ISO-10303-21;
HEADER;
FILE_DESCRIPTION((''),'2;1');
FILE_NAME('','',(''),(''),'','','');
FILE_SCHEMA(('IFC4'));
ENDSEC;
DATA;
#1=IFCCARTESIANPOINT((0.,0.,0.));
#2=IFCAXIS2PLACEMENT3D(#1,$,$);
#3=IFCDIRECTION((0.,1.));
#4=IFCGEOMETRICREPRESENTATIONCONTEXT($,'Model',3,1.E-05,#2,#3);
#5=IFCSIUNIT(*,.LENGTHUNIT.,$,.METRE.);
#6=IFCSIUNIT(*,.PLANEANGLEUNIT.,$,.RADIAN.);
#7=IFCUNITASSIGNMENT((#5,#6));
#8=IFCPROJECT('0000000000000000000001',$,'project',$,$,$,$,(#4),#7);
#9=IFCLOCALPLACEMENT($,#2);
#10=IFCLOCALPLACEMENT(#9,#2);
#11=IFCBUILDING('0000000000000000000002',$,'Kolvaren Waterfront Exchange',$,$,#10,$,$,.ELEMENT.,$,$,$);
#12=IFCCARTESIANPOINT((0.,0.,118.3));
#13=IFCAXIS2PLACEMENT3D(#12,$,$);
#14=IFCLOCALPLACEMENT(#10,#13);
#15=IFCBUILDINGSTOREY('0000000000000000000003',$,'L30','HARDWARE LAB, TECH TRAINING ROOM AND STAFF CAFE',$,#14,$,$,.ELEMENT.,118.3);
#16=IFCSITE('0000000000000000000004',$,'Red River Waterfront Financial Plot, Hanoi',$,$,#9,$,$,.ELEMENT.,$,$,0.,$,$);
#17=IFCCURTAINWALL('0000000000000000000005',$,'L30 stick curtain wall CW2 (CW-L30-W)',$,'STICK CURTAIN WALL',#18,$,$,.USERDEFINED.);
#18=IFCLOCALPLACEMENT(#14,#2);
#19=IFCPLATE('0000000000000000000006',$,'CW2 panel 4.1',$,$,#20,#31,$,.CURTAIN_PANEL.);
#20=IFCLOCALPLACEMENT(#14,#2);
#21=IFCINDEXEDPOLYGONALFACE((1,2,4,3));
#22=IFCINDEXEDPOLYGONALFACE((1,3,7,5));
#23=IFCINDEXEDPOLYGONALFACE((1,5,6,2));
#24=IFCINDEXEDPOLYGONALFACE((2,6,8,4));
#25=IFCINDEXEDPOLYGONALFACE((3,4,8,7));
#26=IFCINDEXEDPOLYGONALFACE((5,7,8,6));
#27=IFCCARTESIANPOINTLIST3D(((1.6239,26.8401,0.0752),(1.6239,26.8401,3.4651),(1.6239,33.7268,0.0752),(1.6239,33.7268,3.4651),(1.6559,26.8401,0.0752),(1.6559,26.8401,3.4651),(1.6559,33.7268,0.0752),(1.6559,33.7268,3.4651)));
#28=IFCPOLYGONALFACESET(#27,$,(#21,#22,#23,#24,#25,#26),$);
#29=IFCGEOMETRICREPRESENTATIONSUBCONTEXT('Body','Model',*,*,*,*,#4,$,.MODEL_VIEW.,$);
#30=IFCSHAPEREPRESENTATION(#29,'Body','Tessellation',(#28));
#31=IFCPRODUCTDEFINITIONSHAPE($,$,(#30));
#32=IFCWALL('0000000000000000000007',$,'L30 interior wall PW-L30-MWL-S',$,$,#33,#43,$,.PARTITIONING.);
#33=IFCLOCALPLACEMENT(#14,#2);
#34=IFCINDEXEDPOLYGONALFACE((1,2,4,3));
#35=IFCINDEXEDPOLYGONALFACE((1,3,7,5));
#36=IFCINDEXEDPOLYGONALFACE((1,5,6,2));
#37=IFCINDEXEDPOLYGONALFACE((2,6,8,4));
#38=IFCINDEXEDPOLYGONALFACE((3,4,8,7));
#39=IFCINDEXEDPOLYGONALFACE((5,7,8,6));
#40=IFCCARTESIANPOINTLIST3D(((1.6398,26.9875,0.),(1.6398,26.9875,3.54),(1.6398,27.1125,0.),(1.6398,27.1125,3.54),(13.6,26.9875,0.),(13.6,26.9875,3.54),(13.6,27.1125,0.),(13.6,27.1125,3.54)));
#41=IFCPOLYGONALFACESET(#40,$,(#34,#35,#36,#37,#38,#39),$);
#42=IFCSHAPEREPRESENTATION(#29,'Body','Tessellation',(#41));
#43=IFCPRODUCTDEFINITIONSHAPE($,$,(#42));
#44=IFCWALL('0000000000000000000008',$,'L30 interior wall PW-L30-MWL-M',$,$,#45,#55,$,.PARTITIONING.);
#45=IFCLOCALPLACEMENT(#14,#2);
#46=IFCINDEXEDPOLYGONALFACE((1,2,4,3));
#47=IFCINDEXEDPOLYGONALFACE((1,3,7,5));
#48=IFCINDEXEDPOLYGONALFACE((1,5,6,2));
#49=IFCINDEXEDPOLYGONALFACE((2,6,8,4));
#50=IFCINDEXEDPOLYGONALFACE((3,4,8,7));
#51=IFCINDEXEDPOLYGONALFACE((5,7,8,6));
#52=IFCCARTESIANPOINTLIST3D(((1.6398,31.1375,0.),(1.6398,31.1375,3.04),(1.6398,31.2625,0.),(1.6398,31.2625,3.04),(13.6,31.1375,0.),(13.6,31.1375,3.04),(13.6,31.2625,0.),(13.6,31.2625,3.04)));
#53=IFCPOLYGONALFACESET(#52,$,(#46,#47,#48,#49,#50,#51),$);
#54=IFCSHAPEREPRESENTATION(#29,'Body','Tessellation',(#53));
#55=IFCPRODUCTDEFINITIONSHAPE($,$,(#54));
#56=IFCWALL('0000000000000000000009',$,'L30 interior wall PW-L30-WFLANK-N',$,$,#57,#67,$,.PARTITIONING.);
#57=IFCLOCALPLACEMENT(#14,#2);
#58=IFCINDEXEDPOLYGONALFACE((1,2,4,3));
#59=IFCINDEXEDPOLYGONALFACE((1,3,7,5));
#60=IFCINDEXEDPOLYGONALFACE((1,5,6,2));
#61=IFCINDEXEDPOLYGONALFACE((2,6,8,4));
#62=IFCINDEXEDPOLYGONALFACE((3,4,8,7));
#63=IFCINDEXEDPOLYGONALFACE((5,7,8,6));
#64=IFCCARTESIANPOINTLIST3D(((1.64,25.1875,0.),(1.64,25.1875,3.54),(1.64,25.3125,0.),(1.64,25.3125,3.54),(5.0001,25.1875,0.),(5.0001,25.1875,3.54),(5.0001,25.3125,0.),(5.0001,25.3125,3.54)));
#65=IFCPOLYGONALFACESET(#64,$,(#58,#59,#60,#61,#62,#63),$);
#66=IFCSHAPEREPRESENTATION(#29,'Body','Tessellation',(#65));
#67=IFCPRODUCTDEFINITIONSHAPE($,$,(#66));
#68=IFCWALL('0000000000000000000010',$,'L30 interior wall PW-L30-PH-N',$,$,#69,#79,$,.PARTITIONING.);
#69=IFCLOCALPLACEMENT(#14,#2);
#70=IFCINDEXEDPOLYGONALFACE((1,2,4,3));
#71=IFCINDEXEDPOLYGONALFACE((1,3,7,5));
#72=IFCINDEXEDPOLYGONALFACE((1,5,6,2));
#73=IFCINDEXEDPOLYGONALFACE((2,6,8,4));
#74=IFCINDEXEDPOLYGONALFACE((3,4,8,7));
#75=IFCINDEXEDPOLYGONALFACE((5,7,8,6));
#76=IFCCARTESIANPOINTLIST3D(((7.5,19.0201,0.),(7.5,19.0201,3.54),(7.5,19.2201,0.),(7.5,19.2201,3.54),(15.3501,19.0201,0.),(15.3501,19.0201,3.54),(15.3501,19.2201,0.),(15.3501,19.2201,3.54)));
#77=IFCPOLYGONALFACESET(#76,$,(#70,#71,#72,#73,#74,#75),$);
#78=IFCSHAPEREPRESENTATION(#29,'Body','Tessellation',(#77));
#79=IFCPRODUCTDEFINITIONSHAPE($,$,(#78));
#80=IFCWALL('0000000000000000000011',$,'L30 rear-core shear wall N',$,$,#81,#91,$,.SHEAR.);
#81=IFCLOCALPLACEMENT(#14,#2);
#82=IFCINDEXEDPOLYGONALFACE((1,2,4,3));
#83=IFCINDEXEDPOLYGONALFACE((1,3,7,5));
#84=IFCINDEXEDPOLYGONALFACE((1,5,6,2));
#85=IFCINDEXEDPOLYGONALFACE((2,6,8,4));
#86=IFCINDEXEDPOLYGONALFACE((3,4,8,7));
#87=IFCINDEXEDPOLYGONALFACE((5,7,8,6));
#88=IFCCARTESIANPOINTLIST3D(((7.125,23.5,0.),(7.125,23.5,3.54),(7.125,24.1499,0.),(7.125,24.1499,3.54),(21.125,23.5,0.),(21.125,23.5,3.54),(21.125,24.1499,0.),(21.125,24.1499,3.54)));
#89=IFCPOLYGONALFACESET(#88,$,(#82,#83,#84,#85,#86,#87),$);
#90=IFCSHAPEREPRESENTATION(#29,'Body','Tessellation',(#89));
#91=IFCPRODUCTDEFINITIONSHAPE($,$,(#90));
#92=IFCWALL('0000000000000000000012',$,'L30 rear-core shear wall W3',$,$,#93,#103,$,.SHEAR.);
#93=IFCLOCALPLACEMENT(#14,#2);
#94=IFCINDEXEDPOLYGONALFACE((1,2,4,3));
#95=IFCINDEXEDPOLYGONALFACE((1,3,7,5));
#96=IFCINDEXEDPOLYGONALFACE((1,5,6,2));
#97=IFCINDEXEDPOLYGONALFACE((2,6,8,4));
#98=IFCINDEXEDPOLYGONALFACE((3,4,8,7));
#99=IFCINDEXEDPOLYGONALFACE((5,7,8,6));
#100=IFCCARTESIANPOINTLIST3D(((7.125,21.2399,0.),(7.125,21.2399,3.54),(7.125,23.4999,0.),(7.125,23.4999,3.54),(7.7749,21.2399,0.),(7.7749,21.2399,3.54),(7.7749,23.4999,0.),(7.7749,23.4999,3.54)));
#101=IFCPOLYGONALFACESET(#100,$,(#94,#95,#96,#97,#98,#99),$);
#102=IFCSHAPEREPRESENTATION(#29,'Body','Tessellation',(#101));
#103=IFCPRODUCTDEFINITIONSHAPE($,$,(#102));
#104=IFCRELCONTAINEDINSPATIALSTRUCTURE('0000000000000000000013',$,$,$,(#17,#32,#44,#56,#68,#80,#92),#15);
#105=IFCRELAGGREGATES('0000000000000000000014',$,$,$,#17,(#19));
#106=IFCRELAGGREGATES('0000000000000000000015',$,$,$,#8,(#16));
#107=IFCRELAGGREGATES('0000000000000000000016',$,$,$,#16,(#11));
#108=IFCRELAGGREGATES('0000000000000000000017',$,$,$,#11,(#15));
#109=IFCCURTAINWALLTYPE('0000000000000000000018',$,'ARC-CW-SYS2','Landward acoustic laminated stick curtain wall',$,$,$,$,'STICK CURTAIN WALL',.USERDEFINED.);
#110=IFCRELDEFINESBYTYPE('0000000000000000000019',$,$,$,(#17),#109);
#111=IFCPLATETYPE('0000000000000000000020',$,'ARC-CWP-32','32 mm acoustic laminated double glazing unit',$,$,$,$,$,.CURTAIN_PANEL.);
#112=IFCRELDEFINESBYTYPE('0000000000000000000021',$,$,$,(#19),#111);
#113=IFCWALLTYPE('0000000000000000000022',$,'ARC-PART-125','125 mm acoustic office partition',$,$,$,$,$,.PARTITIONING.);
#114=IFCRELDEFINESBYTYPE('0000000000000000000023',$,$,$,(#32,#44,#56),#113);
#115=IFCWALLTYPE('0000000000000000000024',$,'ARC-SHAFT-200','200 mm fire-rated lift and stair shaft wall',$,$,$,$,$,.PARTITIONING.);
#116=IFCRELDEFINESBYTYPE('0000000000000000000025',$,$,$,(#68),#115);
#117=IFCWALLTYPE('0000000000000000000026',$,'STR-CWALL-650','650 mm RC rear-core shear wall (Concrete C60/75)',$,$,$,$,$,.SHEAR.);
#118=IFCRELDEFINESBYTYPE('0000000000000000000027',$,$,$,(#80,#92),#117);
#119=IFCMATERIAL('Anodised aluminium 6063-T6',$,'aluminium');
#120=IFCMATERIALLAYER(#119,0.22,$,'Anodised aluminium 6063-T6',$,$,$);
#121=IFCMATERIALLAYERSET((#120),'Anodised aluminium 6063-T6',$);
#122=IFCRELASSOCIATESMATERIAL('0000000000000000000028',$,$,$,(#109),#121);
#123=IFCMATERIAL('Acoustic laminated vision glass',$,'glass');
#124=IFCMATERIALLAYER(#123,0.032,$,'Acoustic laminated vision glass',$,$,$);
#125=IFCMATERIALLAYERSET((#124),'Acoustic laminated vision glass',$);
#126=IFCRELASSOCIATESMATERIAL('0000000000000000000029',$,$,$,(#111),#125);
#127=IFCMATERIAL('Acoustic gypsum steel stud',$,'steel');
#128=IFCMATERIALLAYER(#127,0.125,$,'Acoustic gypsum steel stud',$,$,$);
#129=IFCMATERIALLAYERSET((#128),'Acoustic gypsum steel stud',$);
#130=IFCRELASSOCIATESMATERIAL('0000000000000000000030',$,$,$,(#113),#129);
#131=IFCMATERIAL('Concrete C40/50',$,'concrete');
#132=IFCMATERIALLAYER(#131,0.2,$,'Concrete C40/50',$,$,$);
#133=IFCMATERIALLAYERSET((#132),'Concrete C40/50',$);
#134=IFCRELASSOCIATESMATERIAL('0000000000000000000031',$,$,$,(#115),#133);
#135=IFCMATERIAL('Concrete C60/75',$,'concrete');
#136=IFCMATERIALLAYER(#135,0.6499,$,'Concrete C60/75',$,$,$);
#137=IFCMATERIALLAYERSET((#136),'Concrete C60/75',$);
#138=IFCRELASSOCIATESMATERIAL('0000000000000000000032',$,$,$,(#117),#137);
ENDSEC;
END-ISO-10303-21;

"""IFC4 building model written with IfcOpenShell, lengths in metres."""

from ifc_helpers import new_model, si_unit, direction, frame, frame_2d, origin, origin_with_axes, origin_2d, place, context, subcontext, project, spatial, rectangle, extrude, source, transform, mapped, material, layer, layer_set, type_object, element, aggregate, save


model = new_model("IFC4")

# Units and contexts
model_context = context("Model", 3, precision=1e-05, world=origin(), true_north=direction((0.0, 1.0)))
body_context = subcontext(model_context, "Body", "Model", "MODEL_VIEW")
ifc_project = project(units=[si_unit("LENGTHUNIT", "METRE"), si_unit("PLANEANGLEUNIT", "RADIAN")], contexts=[model_context])

# Site, building, storey
site_placement = place(None, origin())
site = spatial("IfcSite", under=ifc_project, at=site_placement, Name="Red River Waterfront Financial Plot, Hanoi", CompositionType="ELEMENT", RefElevation=0.0)
building_placement = place(site_placement, origin())
building = spatial("IfcBuilding", under=site, at=building_placement, Name="Kolvaren Waterfront Exchange", CompositionType="ELEMENT")
storey_placement = place(building_placement, frame((0.0, 0.0, 118.3)))
storey = spatial("IfcBuildingStorey", under=building, at=storey_placement, Name="L30", Description="HARDWARE LAB, TECH TRAINING ROOM AND STAFF CAFE", CompositionType="ELEMENT", Elevation=118.3)

# Shared definitions
ifc_material_1 = material(Name="Concrete C60/75", Category="concrete")

# Curtain wall, plate
ifc_material_2 = material(Name="Anodised aluminium 6063-T6", Category="aluminium")
ifc_layer_1 = layer(ifc_material_2, 0.22, Name="Anodised aluminium 6063-T6")
ifc_layer_set_1 = layer_set([ifc_layer_1], Name="Anodised aluminium 6063-T6")
curtain_wall_type = type_object("IfcCurtainWallType", Name="ARC-CW-SYS2", Description="Landward acoustic laminated stick curtain wall", ElementType="STICK CURTAIN WALL", PredefinedType="USERDEFINED", material=ifc_layer_set_1)
curtain_wall_placement = place(storey_placement, origin())
curtain_wall = element("IfcCurtainWall", 1, at=curtain_wall_placement, inside=storey, type_object=curtain_wall_type, Name="L30 stick curtain wall CW2 (CW-L30-W)", ObjectType="STICK CURTAIN WALL", PredefinedType="USERDEFINED")
ifc_material_3 = material(Name="Acoustic laminated vision glass", Category="glass")
ifc_layer_2 = layer(ifc_material_3, 0.032, Name="Acoustic laminated vision glass")
ifc_layer_set_2 = layer_set([ifc_layer_2], Name="Acoustic laminated vision glass")
plate_type = type_object("IfcPlateType", Name="ARC-CWP-32", Description="32 mm acoustic laminated double glazing unit", PredefinedType="CURTAIN_PANEL", material=ifc_layer_set_2)
shared_shape_1 = source(origin_with_axes(), body_context, "Body", "SweptSolid", [
    extrude(rectangle(XDim=6.8867, YDim=0.032, at=origin_2d()), origin(), (0.0, 0.0, 1.0), 3.3899),
])
plate_1_placement = place(storey_placement, frame((1.6399, 30.2834, 0.0752), z_axis=(0.0, 0.0, 1.0), x_axis=(0.0, 1.0, 0.0)))
plate_1 = element("IfcPlate", 2, at=plate_1_placement, type_object=plate_type, Name="CW2 panel 4.1", PredefinedType="CURTAIN_PANEL", context=body_context, shape_type="MappedRepresentation", body=[
    mapped(shared_shape_1, transform((0.0, 0.0, 0.0), x_axis=(1.0, 0.0, 0.0), y_axis=(0.0, 1.0, 0.0), z_axis=(0.0, 0.0, 1.0), scale=1.0)),
])
aggregate(curtain_wall, [plate_1])

# Walls
ifc_material_4 = material(Name="Acoustic gypsum steel stud", Category="steel")
ifc_layer_3 = layer(ifc_material_4, 0.125, Name="Acoustic gypsum steel stud")
ifc_layer_set_3 = layer_set([ifc_layer_3], Name="Acoustic gypsum steel stud")
wall_type_1 = type_object("IfcWallType", Name="ARC-PART-125", Description="125 mm acoustic office partition", PredefinedType="PARTITIONING", material=ifc_layer_set_3)
wall_1_placement = place(storey_placement, frame((1.6399, 27.05, 0.0), z_axis=(0.0, 0.0, 1.0), x_axis=(1.0, 0.0, 0.0)))
element("IfcWall", 3, at=wall_1_placement, inside=storey, type_object=wall_type_1, Name="L30 interior wall PW-L30-MWL-S", PredefinedType="PARTITIONING", context=body_context, shape_type="SweptSolid", body=[
    extrude(rectangle(XDim=11.9602, YDim=0.125, at=frame_2d((5.98, 0.0))), origin(), (0.0, 0.0, 1.0), 3.54),
])
wall_2_placement = place(storey_placement, frame((1.6399, 31.2, 0.0), z_axis=(0.0, 0.0, 1.0), x_axis=(1.0, 0.0, 0.0)))
element("IfcWall", 4, at=wall_2_placement, inside=storey, type_object=wall_type_1, Name="L30 interior wall PW-L30-MWL-M", PredefinedType="PARTITIONING", context=body_context, shape_type="SweptSolid", body=[
    extrude(rectangle(XDim=11.9602, YDim=0.125, at=frame_2d((5.98, 0.0))), origin(), (0.0, 0.0, 1.0), 3.04),
])
wall_3_placement = place(storey_placement, frame((1.6399, 25.25, 0.0), z_axis=(0.0, 0.0, 1.0), x_axis=(1.0, 0.0, 0.0)))
element("IfcWall", 5, at=wall_3_placement, inside=storey, type_object=wall_type_1, Name="L30 interior wall PW-L30-WFLANK-N", PredefinedType="PARTITIONING", context=body_context, shape_type="SweptSolid", body=[
    extrude(rectangle(XDim=3.3601, YDim=0.125, at=frame_2d((1.6802, 0.0))), origin(), (0.0, 0.0, 1.0), 3.54),
])
ifc_material_5 = material(Name="Concrete C40/50", Category="concrete")
ifc_layer_4 = layer(ifc_material_5, 0.2, Name="Concrete C40/50")
ifc_layer_set_4 = layer_set([ifc_layer_4], Name="Concrete C40/50")
wall_type_2 = type_object("IfcWallType", Name="ARC-SHAFT-200", Description="200 mm fire-rated lift and stair shaft wall", PredefinedType="PARTITIONING", material=ifc_layer_set_4)
wall_4_placement = place(storey_placement, frame((7.5, 19.1201, 0.0), z_axis=(0.0, 0.0, 1.0), x_axis=(1.0, 0.0, 0.0)))
element("IfcWall", 6, at=wall_4_placement, inside=storey, type_object=wall_type_2, Name="L30 interior wall PW-L30-PH-N", PredefinedType="PARTITIONING", context=body_context, shape_type="SweptSolid", body=[
    extrude(rectangle(XDim=7.8501, YDim=0.2, at=frame_2d((3.925, 0.0))), origin(), (0.0, 0.0, 1.0), 3.54),
])
ifc_layer_5 = layer(ifc_material_1, 0.6499, Name="Concrete C60/75")
ifc_layer_set_5 = layer_set([ifc_layer_5], Name="Concrete C60/75")
wall_type_3 = type_object("IfcWallType", Name="STR-CWALL-650", Description="650 mm RC rear-core shear wall (Concrete C60/75)", PredefinedType="SHEAR", material=ifc_layer_set_5)
wall_5_placement = place(storey_placement, frame((7.125, 23.825, 0.0), z_axis=(0.0, 0.0, 1.0), x_axis=(1.0, 0.0, 0.0)))
element("IfcWall", 7, at=wall_5_placement, inside=storey, type_object=wall_type_3, Name="L30 rear-core shear wall N", PredefinedType="SHEAR", context=body_context, shape_type="SweptSolid", body=[
    extrude(rectangle(XDim=14.0, YDim=0.6499, at=frame_2d((7.0, 0.0))), origin(), (0.0, 0.0, 1.0), 3.54),
])
wall_6_placement = place(storey_placement, frame((7.45, 21.24, 0.0), z_axis=(0.0, 0.0, 1.0), x_axis=(0.0, 1.0, 0.0)))
element("IfcWall", 8, at=wall_6_placement, inside=storey, type_object=wall_type_3, Name="L30 rear-core shear wall W3", PredefinedType="SHEAR", context=body_context, shape_type="SweptSolid", body=[
    extrude(rectangle(XDim=2.26, YDim=0.6499, at=frame_2d((1.1299, 0.0))), origin(), (0.0, 0.0, 1.0), 3.54),
])

save(model, "model.ifc")
